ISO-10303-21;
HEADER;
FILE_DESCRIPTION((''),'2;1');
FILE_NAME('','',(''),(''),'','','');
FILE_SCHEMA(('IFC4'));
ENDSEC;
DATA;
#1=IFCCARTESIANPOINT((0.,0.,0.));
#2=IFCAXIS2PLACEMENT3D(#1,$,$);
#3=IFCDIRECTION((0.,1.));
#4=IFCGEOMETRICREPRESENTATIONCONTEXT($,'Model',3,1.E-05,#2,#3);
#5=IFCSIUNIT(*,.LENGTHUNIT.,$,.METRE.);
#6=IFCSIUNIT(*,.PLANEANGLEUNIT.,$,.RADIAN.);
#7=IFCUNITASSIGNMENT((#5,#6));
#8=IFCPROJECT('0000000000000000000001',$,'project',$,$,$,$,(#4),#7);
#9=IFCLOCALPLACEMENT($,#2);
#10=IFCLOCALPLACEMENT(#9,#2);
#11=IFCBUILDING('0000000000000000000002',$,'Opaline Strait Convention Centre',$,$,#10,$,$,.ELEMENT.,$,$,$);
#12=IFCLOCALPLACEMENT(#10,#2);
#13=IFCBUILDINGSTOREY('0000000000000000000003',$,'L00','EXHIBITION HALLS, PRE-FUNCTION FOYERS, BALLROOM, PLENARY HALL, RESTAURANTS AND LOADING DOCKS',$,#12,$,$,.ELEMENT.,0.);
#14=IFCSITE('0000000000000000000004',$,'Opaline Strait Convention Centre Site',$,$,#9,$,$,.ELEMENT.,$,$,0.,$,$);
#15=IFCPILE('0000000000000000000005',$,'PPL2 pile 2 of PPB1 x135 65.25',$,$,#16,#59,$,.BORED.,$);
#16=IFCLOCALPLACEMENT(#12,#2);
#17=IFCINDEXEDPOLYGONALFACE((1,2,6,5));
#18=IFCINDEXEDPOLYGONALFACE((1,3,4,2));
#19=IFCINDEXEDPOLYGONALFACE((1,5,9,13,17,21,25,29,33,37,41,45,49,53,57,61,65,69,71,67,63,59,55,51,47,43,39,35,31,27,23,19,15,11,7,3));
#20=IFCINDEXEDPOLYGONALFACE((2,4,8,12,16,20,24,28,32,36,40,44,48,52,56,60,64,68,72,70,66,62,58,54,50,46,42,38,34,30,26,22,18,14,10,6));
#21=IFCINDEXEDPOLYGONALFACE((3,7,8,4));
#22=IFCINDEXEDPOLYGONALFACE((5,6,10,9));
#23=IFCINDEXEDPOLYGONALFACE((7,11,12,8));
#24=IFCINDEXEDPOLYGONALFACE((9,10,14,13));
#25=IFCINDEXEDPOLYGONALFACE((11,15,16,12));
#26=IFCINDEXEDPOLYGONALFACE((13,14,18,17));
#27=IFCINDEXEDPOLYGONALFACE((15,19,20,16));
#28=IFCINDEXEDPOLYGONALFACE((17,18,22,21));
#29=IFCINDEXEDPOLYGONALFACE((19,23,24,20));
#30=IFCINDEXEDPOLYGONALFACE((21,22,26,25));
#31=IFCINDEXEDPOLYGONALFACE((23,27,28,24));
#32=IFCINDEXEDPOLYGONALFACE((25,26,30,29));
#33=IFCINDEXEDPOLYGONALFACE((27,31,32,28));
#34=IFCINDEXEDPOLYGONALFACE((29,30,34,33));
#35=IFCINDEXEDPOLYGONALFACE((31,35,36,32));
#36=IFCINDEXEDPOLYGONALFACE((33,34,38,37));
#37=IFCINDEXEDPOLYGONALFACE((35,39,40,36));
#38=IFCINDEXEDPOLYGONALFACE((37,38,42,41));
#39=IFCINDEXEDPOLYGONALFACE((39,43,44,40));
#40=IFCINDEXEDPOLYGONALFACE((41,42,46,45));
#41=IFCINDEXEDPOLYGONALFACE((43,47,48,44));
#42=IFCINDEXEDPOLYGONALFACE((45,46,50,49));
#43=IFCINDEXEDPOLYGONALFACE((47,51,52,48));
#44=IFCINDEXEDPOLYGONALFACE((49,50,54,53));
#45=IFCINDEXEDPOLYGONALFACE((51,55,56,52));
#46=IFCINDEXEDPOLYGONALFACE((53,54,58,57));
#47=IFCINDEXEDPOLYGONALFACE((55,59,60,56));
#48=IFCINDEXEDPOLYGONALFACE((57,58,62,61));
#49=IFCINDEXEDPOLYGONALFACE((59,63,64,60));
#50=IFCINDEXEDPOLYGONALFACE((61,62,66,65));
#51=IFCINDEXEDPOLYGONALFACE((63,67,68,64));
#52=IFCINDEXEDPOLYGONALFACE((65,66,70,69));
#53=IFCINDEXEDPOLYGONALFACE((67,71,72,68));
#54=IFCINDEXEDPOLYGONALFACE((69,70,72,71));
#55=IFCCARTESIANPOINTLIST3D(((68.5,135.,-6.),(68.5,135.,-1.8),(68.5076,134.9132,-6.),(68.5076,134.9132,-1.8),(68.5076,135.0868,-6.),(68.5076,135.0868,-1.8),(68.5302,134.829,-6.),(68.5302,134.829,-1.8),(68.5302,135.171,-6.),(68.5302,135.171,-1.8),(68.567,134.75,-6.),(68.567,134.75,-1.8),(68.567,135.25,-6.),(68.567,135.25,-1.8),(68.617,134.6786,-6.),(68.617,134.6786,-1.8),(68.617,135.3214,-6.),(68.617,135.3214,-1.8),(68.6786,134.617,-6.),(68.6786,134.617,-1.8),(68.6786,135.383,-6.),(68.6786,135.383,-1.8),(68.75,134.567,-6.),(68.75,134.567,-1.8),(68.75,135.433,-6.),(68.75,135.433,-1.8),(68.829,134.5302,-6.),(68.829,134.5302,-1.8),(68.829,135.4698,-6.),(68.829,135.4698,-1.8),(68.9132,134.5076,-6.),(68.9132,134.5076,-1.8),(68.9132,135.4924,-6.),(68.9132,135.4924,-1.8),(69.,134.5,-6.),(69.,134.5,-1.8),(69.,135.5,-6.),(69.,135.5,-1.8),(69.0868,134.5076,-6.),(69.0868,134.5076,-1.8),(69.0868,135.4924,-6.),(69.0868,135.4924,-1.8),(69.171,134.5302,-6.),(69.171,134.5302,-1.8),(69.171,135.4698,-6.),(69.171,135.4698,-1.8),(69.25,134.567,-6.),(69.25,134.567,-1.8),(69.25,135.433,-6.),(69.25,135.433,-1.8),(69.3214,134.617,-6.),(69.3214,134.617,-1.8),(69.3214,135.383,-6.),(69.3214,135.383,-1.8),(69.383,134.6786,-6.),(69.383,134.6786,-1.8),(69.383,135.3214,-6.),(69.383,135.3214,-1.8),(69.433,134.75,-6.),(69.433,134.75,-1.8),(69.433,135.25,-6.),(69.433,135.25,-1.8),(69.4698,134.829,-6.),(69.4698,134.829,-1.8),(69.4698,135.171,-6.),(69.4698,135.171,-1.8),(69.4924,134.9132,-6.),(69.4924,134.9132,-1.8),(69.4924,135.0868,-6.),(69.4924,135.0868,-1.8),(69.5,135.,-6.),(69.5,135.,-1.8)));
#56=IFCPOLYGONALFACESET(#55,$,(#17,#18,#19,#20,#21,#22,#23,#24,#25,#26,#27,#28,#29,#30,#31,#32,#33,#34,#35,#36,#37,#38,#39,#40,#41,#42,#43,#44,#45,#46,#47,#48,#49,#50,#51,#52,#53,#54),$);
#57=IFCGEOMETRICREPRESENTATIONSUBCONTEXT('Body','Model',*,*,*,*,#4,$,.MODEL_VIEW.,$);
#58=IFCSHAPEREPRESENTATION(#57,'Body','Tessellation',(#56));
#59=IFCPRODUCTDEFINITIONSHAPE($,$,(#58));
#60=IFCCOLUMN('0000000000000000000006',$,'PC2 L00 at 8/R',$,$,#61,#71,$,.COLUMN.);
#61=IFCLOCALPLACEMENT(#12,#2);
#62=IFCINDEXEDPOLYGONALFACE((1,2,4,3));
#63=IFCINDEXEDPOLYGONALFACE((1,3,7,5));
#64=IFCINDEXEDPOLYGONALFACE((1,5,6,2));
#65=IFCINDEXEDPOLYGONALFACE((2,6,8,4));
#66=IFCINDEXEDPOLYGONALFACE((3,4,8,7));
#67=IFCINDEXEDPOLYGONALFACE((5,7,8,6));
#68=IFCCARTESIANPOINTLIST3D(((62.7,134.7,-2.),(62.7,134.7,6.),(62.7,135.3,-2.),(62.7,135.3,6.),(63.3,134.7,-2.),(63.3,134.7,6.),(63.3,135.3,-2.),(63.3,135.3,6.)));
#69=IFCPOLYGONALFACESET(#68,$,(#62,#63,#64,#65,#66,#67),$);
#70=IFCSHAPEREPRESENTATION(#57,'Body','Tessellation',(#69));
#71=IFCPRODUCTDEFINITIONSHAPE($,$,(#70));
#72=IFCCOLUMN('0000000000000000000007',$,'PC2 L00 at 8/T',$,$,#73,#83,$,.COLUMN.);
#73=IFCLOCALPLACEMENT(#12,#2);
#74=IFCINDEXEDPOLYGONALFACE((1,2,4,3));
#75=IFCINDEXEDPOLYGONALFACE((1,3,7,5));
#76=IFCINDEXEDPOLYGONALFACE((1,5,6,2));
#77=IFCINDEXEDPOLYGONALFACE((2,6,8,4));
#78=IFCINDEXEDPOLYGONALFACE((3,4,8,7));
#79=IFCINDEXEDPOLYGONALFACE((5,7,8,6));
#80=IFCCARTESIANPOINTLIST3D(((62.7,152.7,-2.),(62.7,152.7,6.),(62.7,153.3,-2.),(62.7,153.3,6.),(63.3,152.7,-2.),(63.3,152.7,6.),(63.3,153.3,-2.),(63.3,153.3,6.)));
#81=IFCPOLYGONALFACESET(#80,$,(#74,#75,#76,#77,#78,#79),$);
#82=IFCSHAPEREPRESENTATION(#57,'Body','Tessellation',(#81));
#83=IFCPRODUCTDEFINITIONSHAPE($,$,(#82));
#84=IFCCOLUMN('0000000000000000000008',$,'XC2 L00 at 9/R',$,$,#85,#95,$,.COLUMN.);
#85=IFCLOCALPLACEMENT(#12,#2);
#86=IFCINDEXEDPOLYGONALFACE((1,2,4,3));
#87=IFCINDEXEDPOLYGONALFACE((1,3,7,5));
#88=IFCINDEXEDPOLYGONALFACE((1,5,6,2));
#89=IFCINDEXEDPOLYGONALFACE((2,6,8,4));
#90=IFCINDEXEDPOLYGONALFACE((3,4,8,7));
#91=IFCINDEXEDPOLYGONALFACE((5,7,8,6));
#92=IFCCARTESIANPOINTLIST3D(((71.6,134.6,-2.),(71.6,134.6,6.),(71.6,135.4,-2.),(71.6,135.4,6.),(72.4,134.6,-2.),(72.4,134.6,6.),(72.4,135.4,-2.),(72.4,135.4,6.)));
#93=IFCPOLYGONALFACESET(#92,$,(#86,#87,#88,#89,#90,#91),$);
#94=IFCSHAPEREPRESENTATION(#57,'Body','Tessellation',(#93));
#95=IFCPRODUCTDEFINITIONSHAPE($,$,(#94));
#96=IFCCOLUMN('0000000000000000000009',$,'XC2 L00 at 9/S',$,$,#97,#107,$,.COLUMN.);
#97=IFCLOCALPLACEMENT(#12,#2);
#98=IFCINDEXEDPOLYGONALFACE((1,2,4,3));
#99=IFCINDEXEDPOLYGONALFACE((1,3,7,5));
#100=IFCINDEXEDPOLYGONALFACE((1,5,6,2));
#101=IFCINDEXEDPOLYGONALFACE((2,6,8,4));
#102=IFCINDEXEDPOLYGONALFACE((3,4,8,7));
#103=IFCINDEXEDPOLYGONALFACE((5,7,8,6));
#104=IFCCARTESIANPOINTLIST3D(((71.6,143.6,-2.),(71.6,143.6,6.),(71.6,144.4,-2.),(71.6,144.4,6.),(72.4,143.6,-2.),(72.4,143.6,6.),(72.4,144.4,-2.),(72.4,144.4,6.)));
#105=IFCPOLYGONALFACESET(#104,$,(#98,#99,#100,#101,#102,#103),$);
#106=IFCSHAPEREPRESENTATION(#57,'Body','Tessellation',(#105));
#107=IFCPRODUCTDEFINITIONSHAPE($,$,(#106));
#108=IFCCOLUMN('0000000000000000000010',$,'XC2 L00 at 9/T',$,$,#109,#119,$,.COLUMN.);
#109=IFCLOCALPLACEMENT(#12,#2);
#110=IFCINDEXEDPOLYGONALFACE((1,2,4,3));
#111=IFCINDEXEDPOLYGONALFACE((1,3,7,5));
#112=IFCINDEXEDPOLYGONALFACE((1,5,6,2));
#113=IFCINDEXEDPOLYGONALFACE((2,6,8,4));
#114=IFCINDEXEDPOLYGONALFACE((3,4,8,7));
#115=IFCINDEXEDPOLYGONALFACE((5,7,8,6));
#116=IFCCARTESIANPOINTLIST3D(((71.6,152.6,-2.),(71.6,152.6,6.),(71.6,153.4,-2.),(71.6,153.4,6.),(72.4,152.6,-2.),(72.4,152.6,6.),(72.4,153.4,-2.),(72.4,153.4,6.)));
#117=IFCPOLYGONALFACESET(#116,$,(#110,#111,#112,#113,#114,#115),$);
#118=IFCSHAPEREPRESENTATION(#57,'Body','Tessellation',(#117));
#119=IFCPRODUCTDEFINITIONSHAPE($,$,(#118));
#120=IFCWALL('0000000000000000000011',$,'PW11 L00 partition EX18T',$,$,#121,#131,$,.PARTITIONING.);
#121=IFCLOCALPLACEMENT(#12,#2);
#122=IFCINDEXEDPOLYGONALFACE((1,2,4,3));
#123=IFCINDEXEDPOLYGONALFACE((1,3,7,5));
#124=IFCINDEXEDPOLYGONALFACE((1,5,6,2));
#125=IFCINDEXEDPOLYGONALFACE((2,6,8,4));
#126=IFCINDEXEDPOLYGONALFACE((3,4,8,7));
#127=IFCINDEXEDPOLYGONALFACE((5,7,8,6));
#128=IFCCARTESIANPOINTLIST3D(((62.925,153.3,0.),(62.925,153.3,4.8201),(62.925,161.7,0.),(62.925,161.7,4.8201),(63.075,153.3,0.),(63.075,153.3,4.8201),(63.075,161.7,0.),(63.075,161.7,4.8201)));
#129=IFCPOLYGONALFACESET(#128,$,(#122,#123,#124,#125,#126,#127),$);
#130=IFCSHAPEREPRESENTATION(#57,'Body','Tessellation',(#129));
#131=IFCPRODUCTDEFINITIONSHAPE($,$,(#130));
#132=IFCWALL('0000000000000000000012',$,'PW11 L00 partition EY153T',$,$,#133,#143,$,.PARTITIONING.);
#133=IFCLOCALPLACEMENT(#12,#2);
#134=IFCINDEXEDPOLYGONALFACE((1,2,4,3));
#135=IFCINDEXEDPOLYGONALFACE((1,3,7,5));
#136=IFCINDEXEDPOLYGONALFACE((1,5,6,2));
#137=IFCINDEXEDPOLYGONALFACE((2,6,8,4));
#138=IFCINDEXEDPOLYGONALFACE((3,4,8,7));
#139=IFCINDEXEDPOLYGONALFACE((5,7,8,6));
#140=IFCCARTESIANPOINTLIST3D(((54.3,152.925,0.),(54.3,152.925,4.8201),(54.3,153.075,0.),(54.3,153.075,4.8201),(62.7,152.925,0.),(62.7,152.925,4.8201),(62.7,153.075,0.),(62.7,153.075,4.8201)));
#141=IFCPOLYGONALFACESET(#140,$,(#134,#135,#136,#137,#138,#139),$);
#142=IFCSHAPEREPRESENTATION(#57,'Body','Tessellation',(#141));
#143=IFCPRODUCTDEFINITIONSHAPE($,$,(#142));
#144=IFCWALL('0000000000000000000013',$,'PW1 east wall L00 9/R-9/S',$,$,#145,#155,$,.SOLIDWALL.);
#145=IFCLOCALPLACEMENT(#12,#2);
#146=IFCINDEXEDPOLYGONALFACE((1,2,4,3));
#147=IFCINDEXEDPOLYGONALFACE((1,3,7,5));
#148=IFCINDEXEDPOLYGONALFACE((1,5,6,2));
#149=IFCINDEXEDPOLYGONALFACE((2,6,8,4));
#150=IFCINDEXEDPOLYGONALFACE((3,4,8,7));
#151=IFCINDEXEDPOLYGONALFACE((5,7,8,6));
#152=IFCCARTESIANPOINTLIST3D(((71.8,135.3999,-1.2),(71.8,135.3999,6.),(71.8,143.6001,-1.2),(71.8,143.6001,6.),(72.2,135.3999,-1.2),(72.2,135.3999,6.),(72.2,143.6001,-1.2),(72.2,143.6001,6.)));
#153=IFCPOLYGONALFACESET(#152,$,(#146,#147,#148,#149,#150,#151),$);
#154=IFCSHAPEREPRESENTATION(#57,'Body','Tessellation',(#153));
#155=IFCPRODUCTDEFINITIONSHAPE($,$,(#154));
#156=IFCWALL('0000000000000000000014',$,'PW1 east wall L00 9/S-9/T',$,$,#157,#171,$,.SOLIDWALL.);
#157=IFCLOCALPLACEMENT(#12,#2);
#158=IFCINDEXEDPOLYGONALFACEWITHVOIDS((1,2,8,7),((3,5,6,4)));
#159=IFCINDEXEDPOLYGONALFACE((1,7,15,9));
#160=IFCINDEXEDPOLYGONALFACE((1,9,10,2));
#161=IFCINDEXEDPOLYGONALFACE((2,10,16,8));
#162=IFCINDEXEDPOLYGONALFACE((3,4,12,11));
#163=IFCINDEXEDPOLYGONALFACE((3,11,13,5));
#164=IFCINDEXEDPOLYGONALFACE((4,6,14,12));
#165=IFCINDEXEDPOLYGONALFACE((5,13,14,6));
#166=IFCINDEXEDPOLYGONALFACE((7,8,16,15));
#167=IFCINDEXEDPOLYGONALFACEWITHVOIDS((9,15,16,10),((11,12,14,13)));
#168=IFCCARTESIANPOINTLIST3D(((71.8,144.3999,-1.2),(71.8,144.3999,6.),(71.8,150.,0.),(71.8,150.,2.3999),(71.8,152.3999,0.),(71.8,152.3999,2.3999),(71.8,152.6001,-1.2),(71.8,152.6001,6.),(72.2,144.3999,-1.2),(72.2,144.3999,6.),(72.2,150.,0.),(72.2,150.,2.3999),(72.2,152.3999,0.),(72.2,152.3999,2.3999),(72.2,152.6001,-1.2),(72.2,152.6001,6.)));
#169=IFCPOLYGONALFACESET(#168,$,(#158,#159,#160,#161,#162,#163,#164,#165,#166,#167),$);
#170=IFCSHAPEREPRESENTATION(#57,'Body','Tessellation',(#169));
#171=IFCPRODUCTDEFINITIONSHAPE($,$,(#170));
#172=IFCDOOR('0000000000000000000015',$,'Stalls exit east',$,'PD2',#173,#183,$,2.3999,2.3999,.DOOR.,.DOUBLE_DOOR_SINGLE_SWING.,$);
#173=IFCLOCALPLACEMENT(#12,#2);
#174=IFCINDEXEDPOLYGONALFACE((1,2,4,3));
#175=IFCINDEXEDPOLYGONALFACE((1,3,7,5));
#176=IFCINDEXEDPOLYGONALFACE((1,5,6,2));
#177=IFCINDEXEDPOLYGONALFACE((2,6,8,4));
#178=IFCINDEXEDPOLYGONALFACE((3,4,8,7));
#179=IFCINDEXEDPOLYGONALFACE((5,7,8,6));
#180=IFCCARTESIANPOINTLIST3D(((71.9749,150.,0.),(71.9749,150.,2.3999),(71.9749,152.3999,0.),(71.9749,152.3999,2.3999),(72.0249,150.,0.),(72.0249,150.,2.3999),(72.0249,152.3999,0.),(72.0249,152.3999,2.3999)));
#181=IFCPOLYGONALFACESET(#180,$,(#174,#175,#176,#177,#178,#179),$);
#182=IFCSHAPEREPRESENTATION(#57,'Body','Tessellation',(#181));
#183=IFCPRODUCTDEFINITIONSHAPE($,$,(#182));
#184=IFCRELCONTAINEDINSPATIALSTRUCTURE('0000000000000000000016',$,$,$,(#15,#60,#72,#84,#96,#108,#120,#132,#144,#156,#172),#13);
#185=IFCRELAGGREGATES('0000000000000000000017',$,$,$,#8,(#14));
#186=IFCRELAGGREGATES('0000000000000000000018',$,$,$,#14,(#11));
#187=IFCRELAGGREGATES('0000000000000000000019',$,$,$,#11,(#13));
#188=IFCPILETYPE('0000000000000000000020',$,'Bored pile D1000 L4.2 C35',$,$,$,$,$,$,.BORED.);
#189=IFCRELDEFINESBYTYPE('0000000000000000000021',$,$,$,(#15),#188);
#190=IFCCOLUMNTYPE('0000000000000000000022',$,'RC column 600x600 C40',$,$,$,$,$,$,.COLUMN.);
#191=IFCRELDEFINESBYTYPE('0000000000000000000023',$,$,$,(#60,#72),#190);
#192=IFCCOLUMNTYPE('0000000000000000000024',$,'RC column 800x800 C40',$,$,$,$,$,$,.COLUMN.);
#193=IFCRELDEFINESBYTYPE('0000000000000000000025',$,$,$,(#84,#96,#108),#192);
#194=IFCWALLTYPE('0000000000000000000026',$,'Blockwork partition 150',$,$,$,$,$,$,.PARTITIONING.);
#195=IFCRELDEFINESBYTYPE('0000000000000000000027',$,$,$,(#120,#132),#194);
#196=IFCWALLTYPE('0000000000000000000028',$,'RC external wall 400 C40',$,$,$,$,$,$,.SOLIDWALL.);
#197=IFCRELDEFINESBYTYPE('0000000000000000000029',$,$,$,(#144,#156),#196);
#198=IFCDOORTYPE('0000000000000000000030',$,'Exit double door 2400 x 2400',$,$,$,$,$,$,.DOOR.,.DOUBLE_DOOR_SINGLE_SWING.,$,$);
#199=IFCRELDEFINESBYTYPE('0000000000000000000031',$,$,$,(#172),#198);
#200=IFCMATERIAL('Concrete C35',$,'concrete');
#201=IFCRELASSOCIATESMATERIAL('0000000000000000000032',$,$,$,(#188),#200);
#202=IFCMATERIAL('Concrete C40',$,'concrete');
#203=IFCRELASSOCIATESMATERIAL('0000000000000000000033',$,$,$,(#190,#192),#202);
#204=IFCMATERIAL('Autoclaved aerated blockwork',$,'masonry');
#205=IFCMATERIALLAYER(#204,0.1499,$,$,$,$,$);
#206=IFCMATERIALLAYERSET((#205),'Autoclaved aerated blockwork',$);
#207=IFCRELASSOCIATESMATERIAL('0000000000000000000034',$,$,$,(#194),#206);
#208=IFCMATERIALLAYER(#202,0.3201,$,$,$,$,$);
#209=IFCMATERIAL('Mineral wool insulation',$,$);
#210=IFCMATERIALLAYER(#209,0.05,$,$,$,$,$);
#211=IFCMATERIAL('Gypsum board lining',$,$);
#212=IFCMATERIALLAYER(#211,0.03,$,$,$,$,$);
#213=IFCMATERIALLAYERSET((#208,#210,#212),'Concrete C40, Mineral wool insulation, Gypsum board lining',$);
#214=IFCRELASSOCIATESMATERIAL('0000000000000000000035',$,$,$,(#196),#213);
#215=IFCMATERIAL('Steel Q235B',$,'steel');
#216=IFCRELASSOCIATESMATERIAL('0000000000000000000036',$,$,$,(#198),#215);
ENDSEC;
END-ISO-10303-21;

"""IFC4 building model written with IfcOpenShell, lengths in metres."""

from ifc_helpers import new_model, si_unit, direction, frame, frame_2d, origin, origin_2d, place, context, subcontext, project, spatial, rectangle, circle, extrude, material, layer, layer_set, material_profile, profile_set, type_object, element, fill, save


model = new_model("IFC4")

# Units and contexts
model_context = context("Model", 3, precision=1e-05, world=origin(), true_north=direction((0.0, 1.0)))
body_context = subcontext(model_context, "Body", "Model", "MODEL_VIEW")
ifc_project = project(units=[si_unit("LENGTHUNIT", "METRE"), si_unit("PLANEANGLEUNIT", "RADIAN")], contexts=[model_context])

# Site, building, storey
site_placement = place(None, origin())
site = spatial("IfcSite", under=ifc_project, at=site_placement, Name="Opaline Strait Convention Centre Site", CompositionType="ELEMENT", RefElevation=0.0)
building_placement = place(site_placement, origin())
building = spatial("IfcBuilding", under=site, at=building_placement, Name="Opaline Strait Convention Centre", CompositionType="ELEMENT")
storey_placement = place(building_placement, origin())
storey = spatial("IfcBuildingStorey", under=building, at=storey_placement, Name="L00", Description="EXHIBITION HALLS, PRE-FUNCTION FOYERS, BALLROOM, PLENARY HALL, RESTAURANTS AND LOADING DOCKS", CompositionType="ELEMENT", Elevation=0.0)

# Pile
ifc_material_1 = material(Name="Concrete C35", Category="concrete")
ifc_material_profile_1 = material_profile(ifc_material_1, circle(Radius=0.5, at=origin_2d()), Name="D1000")
ifc_profile_set_1 = profile_set([ifc_material_profile_1], Name="Concrete C35")
pile_type_1 = type_object("IfcPileType", Name="Bored pile D1000 L4.2 C35", PredefinedType="BORED", material=ifc_profile_set_1)
for number, where, z_axis, x_axis, name in (
    (1, (69.0, 135.0, -1.8), (0.0, 0.0, -1.0), (1.0, 0.0, 0.0), "PPL2 pile 2 of PPB1 x135 65.25"),
):
    element("IfcPile", number, at=place(storey_placement, frame(where, z_axis=z_axis, x_axis=x_axis)), inside=storey, type_object=pile_type_1, Name=name, PredefinedType="BORED", context=body_context, shape_type="SweptSolid", body=[
        extrude(circle(Radius=0.5, at=origin_2d()), origin(), (0.0, 0.0, 1.0), 4.2),
    ])

# Columns
ifc_material_2 = material(Name="Concrete C40", Category="concrete")
ifc_material_profile_2 = material_profile(ifc_material_2, rectangle(XDim=0.6001, YDim=0.6001, at=origin_2d()), Name="RC 600x600")
ifc_profile_set_2 = profile_set([ifc_material_profile_2], Name="Concrete C40")
column_type_1 = type_object("IfcColumnType", Name="RC column 600x600 C40", PredefinedType="COLUMN", material=ifc_profile_set_2)
for number, where, z_axis, x_axis, name in (
    (2, (63.0, 135.0, -2.0), (0.0, 0.0, 1.0), (1.0, 0.0, 0.0), "PC2 L00 at 8/R"),
    (3, (63.0, 153.0, -2.0), (0.0, 0.0, 1.0), (1.0, 0.0, 0.0), "PC2 L00 at 8/T"),
):
    element("IfcColumn", number, at=place(storey_placement, frame(where, z_axis=z_axis, x_axis=x_axis)), inside=storey, type_object=column_type_1, Name=name, PredefinedType="COLUMN", context=body_context, shape_type="SweptSolid", body=[
        extrude(rectangle(XDim=0.6001, YDim=0.6001, at=origin_2d()), origin(), (0.0, 0.0, 1.0), 8.0),
    ])
ifc_material_profile_3 = material_profile(ifc_material_2, rectangle(XDim=0.8, YDim=0.8, at=origin_2d()), Name="RC 800x800")
ifc_profile_set_3 = profile_set([ifc_material_profile_3], Name="Concrete C40")
column_type_2 = type_object("IfcColumnType", Name="RC column 800x800 C40", PredefinedType="COLUMN", material=ifc_profile_set_3)
for number, where, z_axis, x_axis, name in (
    (4, (72.0, 135.0, -2.0), (0.0, 0.0, 1.0), (1.0, 0.0, 0.0), "XC2 L00 at 9/R"),
    (5, (72.0, 144.0, -2.0), (0.0, 0.0, 1.0), (1.0, 0.0, 0.0), "XC2 L00 at 9/S"),
    (6, (72.0, 153.0, -2.0), (0.0, 0.0, 1.0), (1.0, 0.0, 0.0), "XC2 L00 at 9/T"),
):
    element("IfcColumn", number, at=place(storey_placement, frame(where, z_axis=z_axis, x_axis=x_axis)), inside=storey, type_object=column_type_2, Name=name, PredefinedType="COLUMN", context=body_context, shape_type="SweptSolid", body=[
        extrude(rectangle(XDim=0.8, YDim=0.8, at=origin_2d()), origin(), (0.0, 0.0, 1.0), 8.0),
    ])

# Walls
ifc_material_3 = material(Name="Autoclaved aerated blockwork", Category="masonry")
ifc_layer_1 = layer(ifc_material_3, 0.1499)
ifc_layer_set_1 = layer_set([ifc_layer_1], Name="Autoclaved aerated blockwork")
wall_type_1 = type_object("IfcWallType", Name="Blockwork partition 150", PredefinedType="PARTITIONING", material=ifc_layer_set_1)
for number, where, z_axis, x_axis, name in (
    (7, (63.0, 153.3, 0.0), (0.0, 0.0, 1.0), (0.0, 1.0, 0.0), "PW11 L00 partition EX18T"),
    (8, (62.7, 153.0, 0.0), (0.0, 0.0, 1.0), (-1.0, 0.0, 0.0), "PW11 L00 partition EY153T"),
):
    element("IfcWall", number, at=place(storey_placement, frame(where, z_axis=z_axis, x_axis=x_axis)), inside=storey, type_object=wall_type_1, Name=name, PredefinedType="PARTITIONING", context=body_context, shape_type="SweptSolid", body=[
        extrude(rectangle(XDim=8.3999, YDim=0.1499, at=frame_2d((4.2, 0.0))), origin(), (0.0, 0.0, 1.0), 4.8201),
    ])
ifc_layer_2 = layer(ifc_material_2, 0.3201)
ifc_material_4 = material(Name="Mineral wool insulation")
ifc_layer_3 = layer(ifc_material_4, 0.05)
ifc_material_5 = material(Name="Gypsum board lining")
ifc_layer_4 = layer(ifc_material_5, 0.03)
ifc_layer_set_2 = layer_set([ifc_layer_2, ifc_layer_3, ifc_layer_4], Name="Concrete C40, Mineral wool insulation, Gypsum board lining")
wall_type_2 = type_object("IfcWallType", Name="RC external wall 400 C40", PredefinedType="SOLIDWALL", material=ifc_layer_set_2)
wall_1_placement = place(storey_placement, frame((72.0, 135.3999, -1.2), z_axis=(0.0, 0.0, 1.0), x_axis=(0.0, 1.0, 0.0)))
element("IfcWall", 9, at=wall_1_placement, inside=storey, type_object=wall_type_2, Name="PW1 east wall L00 9/R-9/S", PredefinedType="SOLIDWALL", context=body_context, shape_type="SweptSolid", body=[
    extrude(rectangle(XDim=8.2002, YDim=0.3999, at=frame_2d((4.1001, 0.0))), origin(), (0.0, 0.0, 1.0), 7.2),
])

# Wall, opening, door
wall_2_placement = place(storey_placement, frame((72.0, 144.3999, -1.2), z_axis=(0.0, 0.0, 1.0), x_axis=(0.0, 1.0, 0.0)))
wall_2 = element("IfcWall", 10, at=wall_2_placement, inside=storey, type_object=wall_type_2, Name="PW1 east wall L00 9/S-9/T", PredefinedType="SOLIDWALL", context=body_context, shape_type="SweptSolid", body=[
    extrude(rectangle(XDim=8.2002, YDim=0.3999, at=frame_2d((4.1001, 0.0))), origin(), (0.0, 0.0, 1.0), 7.2),
])
opening_placement = place(wall_2_placement, frame((5.6001, 0.0, 1.2)))
opening = element("IfcOpeningElement", 11, at=opening_placement, cuts=wall_2, PredefinedType="OPENING", context=body_context, shape_type="SweptSolid", body=[
    extrude(rectangle(XDim=2.3999, YDim=2.3999, at=frame_2d((1.2, 1.2))), frame((0.0, 0.21, 0.0), z_axis=(0.0, -1.0, 0.0), x_axis=(1.0, 0.0, 0.0)), (0.0, 0.0, 1.0), 0.4199),
])
ifc_material_6 = material(Name="Steel Q235B", Category="steel")
door_type = type_object("IfcDoorType", Name="Exit double door 2400 x 2400", OperationType="DOUBLE_DOOR_SINGLE_SWING", PredefinedType="DOOR", material=ifc_material_6)
door_placement = place(opening_placement, frame((2.3999, 0.0, 0.0), z_axis=(0.0, 0.0, 1.0), x_axis=(-1.0, 0.0, 0.0)))
door = element("IfcDoor", 12, at=door_placement, inside=storey, type_object=door_type, Name="Stalls exit east", ObjectType="PD2", OperationType="DOUBLE_DOOR_SINGLE_SWING", OverallHeight=2.3999, OverallWidth=2.3999, PredefinedType="DOOR", context=body_context, shape_type="SweptSolid", body=[
    extrude(rectangle(XDim=2.3999, YDim=2.3999, at=frame_2d((1.2, 1.2))), frame((0.0, 0.0249, 0.0), z_axis=(0.0, -1.0, 0.0), x_axis=(1.0, 0.0, 0.0)), (0.0, 0.0, 1.0), 0.05),
])
fill(opening, door)

save(model, "model.ifc")
